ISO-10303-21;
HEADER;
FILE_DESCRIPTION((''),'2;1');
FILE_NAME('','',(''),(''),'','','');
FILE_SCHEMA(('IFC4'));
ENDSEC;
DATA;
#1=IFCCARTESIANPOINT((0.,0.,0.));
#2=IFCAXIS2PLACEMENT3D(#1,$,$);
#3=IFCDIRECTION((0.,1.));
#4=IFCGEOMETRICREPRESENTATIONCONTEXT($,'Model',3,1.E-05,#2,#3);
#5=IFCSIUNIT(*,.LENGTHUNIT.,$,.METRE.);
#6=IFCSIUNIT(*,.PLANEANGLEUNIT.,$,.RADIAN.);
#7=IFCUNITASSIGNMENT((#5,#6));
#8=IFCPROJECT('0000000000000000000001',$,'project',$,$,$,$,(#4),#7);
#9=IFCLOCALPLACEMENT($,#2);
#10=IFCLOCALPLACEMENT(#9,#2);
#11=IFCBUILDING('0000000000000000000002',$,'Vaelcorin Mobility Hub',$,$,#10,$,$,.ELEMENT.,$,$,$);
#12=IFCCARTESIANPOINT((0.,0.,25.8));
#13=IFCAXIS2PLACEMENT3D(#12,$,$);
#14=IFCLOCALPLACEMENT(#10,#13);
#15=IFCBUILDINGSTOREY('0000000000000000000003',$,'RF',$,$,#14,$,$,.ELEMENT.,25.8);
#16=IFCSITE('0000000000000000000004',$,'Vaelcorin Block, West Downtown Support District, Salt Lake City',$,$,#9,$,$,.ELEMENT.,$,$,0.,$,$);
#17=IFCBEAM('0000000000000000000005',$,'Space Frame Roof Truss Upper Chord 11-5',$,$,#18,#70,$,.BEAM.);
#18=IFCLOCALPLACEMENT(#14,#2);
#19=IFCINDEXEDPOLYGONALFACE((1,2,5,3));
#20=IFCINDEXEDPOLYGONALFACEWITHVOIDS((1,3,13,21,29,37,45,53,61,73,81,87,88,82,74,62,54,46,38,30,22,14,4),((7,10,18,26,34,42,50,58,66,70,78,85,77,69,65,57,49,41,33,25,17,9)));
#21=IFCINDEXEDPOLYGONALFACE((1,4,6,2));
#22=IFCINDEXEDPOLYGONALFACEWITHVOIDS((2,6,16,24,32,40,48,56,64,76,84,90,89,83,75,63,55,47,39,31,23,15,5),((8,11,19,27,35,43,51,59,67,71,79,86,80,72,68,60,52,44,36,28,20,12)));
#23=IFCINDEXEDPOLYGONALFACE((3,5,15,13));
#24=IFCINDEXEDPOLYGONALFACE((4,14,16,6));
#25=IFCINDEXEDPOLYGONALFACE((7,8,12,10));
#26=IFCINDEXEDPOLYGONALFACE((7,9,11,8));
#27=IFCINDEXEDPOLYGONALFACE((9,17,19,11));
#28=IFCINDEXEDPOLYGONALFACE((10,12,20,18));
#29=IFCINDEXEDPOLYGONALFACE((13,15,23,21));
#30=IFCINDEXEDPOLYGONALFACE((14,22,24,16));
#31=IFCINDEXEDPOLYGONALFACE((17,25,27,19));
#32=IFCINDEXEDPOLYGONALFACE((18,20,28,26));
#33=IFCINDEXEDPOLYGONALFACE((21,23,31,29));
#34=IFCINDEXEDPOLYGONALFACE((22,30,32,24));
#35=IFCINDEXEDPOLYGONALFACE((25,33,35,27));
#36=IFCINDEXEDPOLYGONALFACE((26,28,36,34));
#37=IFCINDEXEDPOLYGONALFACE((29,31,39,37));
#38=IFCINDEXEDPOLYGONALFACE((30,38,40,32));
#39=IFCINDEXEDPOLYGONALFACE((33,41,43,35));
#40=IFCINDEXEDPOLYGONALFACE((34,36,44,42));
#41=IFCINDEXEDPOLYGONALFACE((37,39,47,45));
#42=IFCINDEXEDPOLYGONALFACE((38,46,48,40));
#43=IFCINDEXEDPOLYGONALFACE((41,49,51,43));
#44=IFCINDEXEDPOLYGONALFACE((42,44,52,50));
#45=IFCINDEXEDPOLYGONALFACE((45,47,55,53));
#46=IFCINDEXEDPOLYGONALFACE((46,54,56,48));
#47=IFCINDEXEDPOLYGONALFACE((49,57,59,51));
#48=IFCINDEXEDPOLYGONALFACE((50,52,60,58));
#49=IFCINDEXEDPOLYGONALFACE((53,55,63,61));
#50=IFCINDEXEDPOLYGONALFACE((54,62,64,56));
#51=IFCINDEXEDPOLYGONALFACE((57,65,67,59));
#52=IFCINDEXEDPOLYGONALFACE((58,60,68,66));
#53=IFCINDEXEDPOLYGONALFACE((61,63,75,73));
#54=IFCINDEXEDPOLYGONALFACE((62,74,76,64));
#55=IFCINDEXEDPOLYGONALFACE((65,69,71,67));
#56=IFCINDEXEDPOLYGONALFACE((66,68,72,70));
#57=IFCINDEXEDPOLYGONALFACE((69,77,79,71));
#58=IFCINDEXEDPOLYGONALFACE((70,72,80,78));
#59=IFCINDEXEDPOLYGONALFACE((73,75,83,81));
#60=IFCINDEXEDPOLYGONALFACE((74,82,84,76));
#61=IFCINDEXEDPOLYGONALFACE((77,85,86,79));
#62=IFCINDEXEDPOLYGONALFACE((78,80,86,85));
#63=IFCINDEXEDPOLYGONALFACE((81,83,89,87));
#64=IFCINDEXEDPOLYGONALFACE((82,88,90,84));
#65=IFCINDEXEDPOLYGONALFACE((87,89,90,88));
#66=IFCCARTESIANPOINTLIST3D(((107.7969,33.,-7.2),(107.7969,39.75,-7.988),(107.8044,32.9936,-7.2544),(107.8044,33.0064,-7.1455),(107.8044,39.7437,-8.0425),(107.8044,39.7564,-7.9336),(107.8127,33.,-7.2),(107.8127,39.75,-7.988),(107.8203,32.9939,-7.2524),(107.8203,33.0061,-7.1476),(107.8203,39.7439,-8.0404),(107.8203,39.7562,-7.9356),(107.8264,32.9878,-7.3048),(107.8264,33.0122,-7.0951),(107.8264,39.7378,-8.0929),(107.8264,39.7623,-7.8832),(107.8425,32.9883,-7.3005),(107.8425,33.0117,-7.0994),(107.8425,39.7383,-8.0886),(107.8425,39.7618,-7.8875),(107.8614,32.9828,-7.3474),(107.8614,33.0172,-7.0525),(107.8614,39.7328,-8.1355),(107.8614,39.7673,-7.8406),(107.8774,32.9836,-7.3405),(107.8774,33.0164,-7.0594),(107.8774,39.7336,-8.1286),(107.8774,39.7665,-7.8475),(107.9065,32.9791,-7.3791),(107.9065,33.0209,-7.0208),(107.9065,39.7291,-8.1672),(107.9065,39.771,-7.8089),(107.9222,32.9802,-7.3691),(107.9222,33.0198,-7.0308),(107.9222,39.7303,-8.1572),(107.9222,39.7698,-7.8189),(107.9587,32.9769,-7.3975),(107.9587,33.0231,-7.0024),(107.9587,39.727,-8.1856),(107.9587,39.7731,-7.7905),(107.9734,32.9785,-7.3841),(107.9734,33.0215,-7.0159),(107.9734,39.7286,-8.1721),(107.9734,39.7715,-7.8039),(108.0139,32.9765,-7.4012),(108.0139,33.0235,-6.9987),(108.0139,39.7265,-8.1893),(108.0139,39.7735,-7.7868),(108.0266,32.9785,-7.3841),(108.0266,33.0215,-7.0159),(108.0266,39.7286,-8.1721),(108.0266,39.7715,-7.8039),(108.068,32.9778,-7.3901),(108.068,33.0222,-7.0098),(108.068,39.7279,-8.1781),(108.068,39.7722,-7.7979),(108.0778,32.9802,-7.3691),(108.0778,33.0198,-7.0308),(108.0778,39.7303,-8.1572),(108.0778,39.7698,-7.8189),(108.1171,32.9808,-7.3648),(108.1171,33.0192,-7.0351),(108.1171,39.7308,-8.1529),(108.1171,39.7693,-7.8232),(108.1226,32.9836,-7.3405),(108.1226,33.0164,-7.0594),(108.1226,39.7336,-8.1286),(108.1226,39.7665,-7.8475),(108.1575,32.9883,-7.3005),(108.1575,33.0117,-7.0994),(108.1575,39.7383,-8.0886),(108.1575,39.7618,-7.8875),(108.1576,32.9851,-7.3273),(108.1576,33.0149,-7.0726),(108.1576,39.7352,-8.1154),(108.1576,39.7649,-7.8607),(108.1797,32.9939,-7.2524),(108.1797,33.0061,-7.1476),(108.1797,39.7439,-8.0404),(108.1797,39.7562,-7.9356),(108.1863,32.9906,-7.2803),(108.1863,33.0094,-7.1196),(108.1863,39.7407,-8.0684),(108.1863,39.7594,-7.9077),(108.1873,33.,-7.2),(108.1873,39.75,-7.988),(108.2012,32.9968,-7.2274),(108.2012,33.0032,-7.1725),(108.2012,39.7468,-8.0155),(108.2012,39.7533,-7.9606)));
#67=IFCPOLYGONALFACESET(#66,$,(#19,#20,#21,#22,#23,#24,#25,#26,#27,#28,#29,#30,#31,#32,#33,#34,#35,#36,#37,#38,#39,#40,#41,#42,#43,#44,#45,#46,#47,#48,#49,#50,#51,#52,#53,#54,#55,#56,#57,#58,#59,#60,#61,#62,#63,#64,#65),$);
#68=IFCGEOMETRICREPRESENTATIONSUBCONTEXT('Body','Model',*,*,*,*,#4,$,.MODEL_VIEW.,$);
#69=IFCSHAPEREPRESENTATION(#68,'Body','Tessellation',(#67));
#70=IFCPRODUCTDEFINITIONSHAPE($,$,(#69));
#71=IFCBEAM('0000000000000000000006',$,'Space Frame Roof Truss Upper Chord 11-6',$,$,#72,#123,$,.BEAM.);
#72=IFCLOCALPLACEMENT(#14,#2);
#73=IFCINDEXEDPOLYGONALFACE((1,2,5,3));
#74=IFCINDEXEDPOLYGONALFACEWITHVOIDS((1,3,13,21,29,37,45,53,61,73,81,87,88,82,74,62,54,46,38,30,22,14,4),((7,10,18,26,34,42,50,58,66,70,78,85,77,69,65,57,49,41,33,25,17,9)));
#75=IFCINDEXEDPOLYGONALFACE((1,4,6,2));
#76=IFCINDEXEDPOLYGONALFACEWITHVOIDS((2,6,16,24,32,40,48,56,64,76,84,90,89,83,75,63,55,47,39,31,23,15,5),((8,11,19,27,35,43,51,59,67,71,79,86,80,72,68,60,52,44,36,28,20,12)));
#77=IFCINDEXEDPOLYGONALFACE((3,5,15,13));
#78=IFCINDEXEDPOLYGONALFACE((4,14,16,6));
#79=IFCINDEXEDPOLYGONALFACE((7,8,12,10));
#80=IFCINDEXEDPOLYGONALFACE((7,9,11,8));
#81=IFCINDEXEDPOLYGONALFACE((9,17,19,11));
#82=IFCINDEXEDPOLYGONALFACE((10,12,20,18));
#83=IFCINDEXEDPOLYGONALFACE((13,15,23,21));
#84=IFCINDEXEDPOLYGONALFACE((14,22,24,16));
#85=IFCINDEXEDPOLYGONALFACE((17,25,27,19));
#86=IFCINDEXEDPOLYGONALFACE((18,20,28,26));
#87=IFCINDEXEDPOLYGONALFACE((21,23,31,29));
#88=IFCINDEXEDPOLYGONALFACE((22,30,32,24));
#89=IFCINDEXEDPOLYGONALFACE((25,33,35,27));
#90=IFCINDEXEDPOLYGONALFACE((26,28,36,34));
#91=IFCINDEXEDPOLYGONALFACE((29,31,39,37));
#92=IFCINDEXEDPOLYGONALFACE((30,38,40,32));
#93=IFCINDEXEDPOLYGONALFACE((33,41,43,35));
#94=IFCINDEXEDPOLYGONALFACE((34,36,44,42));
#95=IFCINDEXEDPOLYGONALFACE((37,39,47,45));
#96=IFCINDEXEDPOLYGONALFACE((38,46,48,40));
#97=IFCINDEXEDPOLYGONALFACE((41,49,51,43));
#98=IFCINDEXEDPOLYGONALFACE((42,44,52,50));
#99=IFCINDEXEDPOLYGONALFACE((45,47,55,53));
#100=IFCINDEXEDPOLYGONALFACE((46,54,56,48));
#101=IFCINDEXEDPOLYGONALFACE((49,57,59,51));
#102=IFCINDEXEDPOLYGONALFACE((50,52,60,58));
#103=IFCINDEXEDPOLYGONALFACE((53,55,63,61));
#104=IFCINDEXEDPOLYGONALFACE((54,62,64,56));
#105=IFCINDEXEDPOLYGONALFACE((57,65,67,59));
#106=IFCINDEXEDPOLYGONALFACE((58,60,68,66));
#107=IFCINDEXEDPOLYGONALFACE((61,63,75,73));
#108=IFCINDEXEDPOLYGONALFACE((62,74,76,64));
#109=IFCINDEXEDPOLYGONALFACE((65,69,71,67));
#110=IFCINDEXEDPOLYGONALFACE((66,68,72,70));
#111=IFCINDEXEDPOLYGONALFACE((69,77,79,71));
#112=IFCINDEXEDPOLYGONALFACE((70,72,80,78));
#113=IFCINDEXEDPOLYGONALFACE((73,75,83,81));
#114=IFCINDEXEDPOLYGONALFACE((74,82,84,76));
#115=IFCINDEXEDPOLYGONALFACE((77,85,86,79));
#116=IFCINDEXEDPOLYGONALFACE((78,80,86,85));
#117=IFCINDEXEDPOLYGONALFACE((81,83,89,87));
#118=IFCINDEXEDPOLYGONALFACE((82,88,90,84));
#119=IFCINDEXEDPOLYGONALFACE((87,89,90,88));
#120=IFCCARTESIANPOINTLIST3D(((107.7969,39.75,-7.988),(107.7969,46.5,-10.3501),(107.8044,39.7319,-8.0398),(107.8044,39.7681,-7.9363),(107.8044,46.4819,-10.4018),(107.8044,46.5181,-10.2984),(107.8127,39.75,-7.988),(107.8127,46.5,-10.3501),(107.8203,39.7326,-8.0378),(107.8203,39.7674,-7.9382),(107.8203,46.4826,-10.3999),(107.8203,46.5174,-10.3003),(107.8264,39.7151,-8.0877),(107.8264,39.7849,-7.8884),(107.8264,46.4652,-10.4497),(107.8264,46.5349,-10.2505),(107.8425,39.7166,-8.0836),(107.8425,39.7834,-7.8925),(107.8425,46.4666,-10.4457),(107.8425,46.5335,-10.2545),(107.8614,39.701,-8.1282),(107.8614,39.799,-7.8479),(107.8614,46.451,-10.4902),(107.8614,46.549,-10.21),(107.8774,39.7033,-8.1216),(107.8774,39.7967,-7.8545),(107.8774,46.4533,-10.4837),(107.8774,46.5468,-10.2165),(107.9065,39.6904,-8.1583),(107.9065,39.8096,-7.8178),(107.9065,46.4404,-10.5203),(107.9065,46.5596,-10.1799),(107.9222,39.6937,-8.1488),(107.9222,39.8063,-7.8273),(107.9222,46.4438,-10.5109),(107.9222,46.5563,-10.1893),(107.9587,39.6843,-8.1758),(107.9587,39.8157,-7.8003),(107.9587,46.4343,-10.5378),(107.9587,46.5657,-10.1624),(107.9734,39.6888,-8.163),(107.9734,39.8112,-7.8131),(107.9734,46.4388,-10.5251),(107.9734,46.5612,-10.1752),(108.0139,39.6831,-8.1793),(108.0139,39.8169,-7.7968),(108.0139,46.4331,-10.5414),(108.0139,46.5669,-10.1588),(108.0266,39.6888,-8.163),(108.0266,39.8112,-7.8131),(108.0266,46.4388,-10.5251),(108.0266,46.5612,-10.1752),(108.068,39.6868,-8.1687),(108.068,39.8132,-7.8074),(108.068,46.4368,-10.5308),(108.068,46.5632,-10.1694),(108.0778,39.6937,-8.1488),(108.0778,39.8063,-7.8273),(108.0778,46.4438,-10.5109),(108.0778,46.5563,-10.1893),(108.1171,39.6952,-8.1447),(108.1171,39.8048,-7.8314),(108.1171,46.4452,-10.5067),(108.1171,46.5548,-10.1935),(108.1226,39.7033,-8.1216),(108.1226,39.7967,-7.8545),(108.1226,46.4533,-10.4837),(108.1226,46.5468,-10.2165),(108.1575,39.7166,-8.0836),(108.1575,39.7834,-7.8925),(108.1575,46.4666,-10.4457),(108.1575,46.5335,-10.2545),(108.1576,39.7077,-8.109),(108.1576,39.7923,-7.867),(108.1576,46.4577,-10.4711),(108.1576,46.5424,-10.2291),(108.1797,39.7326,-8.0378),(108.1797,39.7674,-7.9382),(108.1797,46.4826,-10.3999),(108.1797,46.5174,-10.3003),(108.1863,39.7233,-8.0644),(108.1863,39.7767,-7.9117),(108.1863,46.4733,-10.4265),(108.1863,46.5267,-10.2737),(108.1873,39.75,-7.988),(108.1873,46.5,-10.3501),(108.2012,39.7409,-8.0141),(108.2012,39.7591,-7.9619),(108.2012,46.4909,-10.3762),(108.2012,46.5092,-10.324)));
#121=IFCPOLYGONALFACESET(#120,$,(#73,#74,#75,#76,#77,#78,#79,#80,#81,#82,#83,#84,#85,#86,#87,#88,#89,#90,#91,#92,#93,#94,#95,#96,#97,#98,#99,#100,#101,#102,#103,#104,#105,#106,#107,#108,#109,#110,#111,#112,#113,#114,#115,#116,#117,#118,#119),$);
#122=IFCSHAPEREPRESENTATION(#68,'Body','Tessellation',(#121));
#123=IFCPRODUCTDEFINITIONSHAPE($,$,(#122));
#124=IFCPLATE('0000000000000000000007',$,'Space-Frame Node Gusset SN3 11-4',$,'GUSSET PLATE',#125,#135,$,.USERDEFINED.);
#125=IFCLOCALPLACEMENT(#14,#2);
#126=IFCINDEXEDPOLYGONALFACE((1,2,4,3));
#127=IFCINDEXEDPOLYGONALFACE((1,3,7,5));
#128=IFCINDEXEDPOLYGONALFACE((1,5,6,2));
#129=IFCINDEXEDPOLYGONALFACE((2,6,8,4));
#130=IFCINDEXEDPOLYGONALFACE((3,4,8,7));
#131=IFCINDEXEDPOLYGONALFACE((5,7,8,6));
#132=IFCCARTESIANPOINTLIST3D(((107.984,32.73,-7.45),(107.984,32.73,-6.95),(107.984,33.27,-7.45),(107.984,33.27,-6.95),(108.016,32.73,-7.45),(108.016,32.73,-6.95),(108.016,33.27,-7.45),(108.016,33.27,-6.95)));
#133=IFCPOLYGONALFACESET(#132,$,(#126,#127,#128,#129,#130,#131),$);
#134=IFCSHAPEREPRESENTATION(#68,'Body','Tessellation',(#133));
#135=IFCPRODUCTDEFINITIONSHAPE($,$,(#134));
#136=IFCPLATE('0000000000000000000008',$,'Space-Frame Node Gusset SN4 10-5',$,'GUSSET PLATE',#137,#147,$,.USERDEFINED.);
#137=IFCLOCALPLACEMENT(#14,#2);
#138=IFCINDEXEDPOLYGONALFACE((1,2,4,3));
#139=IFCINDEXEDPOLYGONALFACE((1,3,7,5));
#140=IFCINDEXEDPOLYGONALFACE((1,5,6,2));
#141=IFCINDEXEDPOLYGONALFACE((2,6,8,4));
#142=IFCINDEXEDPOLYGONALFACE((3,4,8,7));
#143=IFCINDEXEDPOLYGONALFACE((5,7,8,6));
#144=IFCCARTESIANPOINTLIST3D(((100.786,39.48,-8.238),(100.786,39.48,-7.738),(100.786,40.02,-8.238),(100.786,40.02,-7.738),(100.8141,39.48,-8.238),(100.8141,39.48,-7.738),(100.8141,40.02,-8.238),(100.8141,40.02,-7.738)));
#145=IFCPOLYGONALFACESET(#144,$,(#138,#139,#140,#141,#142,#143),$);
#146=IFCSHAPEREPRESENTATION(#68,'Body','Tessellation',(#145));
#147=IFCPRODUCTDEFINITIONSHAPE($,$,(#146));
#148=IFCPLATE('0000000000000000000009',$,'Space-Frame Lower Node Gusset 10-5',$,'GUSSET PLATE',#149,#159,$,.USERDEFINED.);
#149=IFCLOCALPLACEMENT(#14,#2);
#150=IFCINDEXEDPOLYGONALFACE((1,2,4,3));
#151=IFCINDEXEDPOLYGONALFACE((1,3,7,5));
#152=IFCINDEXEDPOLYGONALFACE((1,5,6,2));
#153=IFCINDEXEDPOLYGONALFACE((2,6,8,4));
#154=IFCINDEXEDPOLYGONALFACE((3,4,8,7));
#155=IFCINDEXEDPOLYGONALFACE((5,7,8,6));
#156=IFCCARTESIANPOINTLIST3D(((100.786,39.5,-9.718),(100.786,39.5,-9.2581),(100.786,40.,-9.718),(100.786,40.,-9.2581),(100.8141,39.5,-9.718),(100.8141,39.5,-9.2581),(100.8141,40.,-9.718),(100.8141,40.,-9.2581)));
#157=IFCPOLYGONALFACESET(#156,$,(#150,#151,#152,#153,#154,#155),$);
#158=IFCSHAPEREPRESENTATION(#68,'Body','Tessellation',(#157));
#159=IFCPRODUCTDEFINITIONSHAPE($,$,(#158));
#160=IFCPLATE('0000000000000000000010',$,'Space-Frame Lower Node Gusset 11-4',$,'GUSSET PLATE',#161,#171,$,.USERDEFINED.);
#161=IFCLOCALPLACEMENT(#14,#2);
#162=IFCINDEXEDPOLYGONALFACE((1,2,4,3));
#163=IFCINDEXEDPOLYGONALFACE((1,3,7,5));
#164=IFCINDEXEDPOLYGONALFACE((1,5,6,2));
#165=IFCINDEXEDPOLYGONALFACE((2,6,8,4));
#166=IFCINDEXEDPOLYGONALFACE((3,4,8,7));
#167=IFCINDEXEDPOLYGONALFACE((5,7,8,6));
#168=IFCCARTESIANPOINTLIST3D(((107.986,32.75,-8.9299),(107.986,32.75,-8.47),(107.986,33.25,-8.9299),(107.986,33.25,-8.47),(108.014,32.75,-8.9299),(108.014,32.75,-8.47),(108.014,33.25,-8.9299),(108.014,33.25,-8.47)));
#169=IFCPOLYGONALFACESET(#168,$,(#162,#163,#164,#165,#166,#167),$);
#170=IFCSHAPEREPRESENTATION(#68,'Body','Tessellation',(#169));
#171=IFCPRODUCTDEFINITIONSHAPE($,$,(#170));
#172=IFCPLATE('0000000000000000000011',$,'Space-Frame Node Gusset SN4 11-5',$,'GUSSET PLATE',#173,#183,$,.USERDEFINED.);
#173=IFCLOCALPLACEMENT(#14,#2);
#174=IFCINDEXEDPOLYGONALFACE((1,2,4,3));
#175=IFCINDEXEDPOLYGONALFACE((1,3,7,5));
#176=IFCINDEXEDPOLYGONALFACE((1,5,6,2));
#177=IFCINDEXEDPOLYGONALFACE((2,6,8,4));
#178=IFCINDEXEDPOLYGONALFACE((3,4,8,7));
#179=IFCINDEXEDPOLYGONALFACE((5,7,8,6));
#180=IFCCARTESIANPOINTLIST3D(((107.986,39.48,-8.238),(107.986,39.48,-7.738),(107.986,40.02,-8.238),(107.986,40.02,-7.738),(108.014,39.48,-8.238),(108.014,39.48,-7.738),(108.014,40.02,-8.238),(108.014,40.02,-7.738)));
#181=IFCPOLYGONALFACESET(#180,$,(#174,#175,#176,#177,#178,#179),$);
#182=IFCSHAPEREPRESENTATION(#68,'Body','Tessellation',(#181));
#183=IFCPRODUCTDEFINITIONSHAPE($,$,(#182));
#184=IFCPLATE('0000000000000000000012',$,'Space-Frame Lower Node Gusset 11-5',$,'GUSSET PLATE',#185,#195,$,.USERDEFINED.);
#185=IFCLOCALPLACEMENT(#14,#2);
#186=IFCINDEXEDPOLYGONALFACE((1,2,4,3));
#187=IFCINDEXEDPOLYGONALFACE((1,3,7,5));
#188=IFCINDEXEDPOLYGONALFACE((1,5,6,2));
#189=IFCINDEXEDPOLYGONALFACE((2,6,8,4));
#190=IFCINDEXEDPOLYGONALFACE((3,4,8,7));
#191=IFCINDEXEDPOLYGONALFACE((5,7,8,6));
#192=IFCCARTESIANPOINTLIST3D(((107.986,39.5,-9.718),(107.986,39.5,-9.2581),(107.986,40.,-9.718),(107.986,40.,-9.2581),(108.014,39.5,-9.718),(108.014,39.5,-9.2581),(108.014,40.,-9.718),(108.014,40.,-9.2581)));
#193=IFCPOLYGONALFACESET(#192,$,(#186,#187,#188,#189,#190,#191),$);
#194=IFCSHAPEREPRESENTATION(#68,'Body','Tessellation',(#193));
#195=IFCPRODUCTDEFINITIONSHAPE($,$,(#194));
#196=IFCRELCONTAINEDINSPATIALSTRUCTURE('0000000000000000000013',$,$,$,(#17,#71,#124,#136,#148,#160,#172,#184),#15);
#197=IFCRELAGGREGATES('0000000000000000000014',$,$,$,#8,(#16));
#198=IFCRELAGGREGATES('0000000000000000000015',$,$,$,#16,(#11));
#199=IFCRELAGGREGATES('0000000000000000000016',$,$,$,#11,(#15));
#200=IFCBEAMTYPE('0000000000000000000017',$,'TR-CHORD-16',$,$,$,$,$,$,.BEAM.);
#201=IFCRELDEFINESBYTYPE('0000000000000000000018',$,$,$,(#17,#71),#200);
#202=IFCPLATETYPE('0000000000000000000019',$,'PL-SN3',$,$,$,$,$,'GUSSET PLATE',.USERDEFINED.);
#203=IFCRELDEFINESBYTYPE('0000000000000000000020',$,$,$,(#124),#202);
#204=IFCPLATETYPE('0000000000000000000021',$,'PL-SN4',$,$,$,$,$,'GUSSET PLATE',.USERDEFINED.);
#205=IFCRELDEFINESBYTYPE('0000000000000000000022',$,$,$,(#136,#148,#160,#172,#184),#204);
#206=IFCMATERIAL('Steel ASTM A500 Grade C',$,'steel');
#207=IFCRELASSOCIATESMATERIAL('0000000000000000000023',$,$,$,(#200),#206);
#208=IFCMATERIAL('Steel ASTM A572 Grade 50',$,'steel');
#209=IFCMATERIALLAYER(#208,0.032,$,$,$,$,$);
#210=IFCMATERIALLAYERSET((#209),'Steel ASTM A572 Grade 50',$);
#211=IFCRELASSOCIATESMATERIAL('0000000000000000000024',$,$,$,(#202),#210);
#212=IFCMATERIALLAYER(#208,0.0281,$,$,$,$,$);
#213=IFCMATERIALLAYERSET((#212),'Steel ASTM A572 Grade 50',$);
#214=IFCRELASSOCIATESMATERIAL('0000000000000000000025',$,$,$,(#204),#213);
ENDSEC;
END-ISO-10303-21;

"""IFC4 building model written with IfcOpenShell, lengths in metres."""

from ifc_helpers import new_model, si_unit, direction, frame, origin, origin_2d, place, context, subcontext, project, spatial, rectangle, hollow_circle, extrude, material, layer, layer_set, material_profile, profile_set, type_object, element, save


model = new_model("IFC4")

# Units and contexts
model_context = context("Model", 3, precision=1e-05, world=origin(), true_north=direction((0.0, 1.0)))
body_context = subcontext(model_context, "Body", "Model", "MODEL_VIEW")
ifc_project = project(units=[si_unit("LENGTHUNIT", "METRE"), si_unit("PLANEANGLEUNIT", "RADIAN")], contexts=[model_context])

# Site, building, storey
site_placement = place(None, origin())
site = spatial("IfcSite", under=ifc_project, at=site_placement, Name="Vaelcorin Block, West Downtown Support District, Salt Lake City", CompositionType="ELEMENT", RefElevation=0.0)
building_placement = place(site_placement, origin())
building = spatial("IfcBuilding", under=site, at=building_placement, Name="Vaelcorin Mobility Hub", CompositionType="ELEMENT")
storey_placement = place(building_placement, frame((0.0, 0.0, 25.8)))
storey = spatial("IfcBuildingStorey", under=building, at=storey_placement, Name="RF", CompositionType="ELEMENT", Elevation=25.8)

# Shared definitions
ifc_material_1 = material(Name="Steel ASTM A500 Grade C", Category="steel")

# Beams
ifc_material_profile_1 = material_profile(ifc_material_1, hollow_circle(Radius=0.2031, WallThickness=0.0159, at=origin_2d()), Name="HSS16.000X0.625")
ifc_profile_set_1 = profile_set([ifc_material_profile_1], Name="Steel ASTM A500 Grade C")
beam_type = type_object("IfcBeamType", Name="TR-CHORD-16", PredefinedType="BEAM", material=ifc_profile_set_1)
for number, where, z_axis, x_axis, name in (
    (1, (108.0, 33.0, -7.2), (0.0, 0.993253, -0.115966), (-1.0, 0.0, 0.0), "Space Frame Roof Truss Upper Chord 11-5"),
):
    element("IfcBeam", number, at=place(storey_placement, frame(where, z_axis=z_axis, x_axis=x_axis)), inside=storey, type_object=beam_type, Name=name, PredefinedType="BEAM", context=body_context, shape_type="SweptSolid", body=[
        extrude(hollow_circle(Radius=0.2031, WallThickness=0.0159, at=origin_2d()), origin(), (0.0, 0.0, 1.0), 6.7959),
    ])
beam_1_placement = place(storey_placement, frame((108.0, 39.75, -7.988), z_axis=(0.0, 0.943878, -0.330296), x_axis=(-1.0, 0.0, 0.0)))
element("IfcBeam", 2, at=beam_1_placement, inside=storey, type_object=beam_type, Name="Space Frame Roof Truss Upper Chord 11-6", PredefinedType="BEAM", context=body_context, shape_type="SweptSolid", body=[
    extrude(hollow_circle(Radius=0.2031, WallThickness=0.0159, at=origin_2d()), origin(), (0.0, 0.0, 1.0), 7.1514),
])

# Plates
ifc_material_2 = material(Name="Steel ASTM A572 Grade 50", Category="steel")
ifc_layer_1 = layer(ifc_material_2, 0.032)
ifc_layer_set_1 = layer_set([ifc_layer_1], Name="Steel ASTM A572 Grade 50")
plate_type_1 = type_object("IfcPlateType", Name="PL-SN3", ElementType="GUSSET PLATE", PredefinedType="USERDEFINED", material=ifc_layer_set_1)
plate_1_placement = place(storey_placement, frame((108.0, 33.0, -7.45), z_axis=(0.0, 0.0, 1.0), x_axis=(1.0, 0.0, 0.0)))
element("IfcPlate", 3, at=plate_1_placement, inside=storey, type_object=plate_type_1, Name="Space-Frame Node Gusset SN3 11-4", ObjectType="GUSSET PLATE", PredefinedType="USERDEFINED", context=body_context, shape_type="SweptSolid", body=[
    extrude(rectangle(XDim=0.032, YDim=0.54, at=origin_2d()), origin(), (0.0, 0.0, 1.0), 0.5),
])
ifc_layer_2 = layer(ifc_material_2, 0.0281)
ifc_layer_set_2 = layer_set([ifc_layer_2], Name="Steel ASTM A572 Grade 50")
plate_type_2 = type_object("IfcPlateType", Name="PL-SN4", ElementType="GUSSET PLATE", PredefinedType="USERDEFINED", material=ifc_layer_set_2)
plate_2_placement = place(storey_placement, frame((100.8, 39.75, -8.238), z_axis=(0.0, 0.0, 1.0), x_axis=(1.0, 0.0, 0.0)))
element("IfcPlate", 4, at=plate_2_placement, inside=storey, type_object=plate_type_2, Name="Space-Frame Node Gusset SN4 10-5", ObjectType="GUSSET PLATE", PredefinedType="USERDEFINED", context=body_context, shape_type="SweptSolid", body=[
    extrude(rectangle(XDim=0.0281, YDim=0.54, at=origin_2d()), origin(), (0.0, 0.0, 1.0), 0.5),
])
for number, where, z_axis, x_axis, name in (
    (5, (100.8, 39.75, -9.718), (0.0, 0.0, 1.0), (1.0, 0.0, 0.0), "Space-Frame Lower Node Gusset 10-5"),
    (6, (108.0, 33.0, -8.9299), (0.0, 0.0, 1.0), (1.0, 0.0, 0.0), "Space-Frame Lower Node Gusset 11-4"),
):
    element("IfcPlate", number, at=place(storey_placement, frame(where, z_axis=z_axis, x_axis=x_axis)), inside=storey, type_object=plate_type_2, Name=name, ObjectType="GUSSET PLATE", PredefinedType="USERDEFINED", context=body_context, shape_type="SweptSolid", body=[
        extrude(rectangle(XDim=0.0281, YDim=0.5, at=origin_2d()), origin(), (0.0, 0.0, 1.0), 0.46),
    ])
plate_3_placement = place(storey_placement, frame((108.0, 39.75, -8.238), z_axis=(0.0, 0.0, 1.0), x_axis=(1.0, 0.0, 0.0)))
element("IfcPlate", 7, at=plate_3_placement, inside=storey, type_object=plate_type_2, Name="Space-Frame Node Gusset SN4 11-5", ObjectType="GUSSET PLATE", PredefinedType="USERDEFINED", context=body_context, shape_type="SweptSolid", body=[
    extrude(rectangle(XDim=0.0281, YDim=0.54, at=origin_2d()), origin(), (0.0, 0.0, 1.0), 0.5),
])
plate_4_placement = place(storey_placement, frame((108.0, 39.75, -9.718), z_axis=(0.0, 0.0, 1.0), x_axis=(1.0, 0.0, 0.0)))
element("IfcPlate", 8, at=plate_4_placement, inside=storey, type_object=plate_type_2, Name="Space-Frame Lower Node Gusset 11-5", ObjectType="GUSSET PLATE", PredefinedType="USERDEFINED", context=body_context, shape_type="SweptSolid", body=[
    extrude(rectangle(XDim=0.0281, YDim=0.5, at=origin_2d()), origin(), (0.0, 0.0, 1.0), 0.46),
])

save(model, "model.ifc")
